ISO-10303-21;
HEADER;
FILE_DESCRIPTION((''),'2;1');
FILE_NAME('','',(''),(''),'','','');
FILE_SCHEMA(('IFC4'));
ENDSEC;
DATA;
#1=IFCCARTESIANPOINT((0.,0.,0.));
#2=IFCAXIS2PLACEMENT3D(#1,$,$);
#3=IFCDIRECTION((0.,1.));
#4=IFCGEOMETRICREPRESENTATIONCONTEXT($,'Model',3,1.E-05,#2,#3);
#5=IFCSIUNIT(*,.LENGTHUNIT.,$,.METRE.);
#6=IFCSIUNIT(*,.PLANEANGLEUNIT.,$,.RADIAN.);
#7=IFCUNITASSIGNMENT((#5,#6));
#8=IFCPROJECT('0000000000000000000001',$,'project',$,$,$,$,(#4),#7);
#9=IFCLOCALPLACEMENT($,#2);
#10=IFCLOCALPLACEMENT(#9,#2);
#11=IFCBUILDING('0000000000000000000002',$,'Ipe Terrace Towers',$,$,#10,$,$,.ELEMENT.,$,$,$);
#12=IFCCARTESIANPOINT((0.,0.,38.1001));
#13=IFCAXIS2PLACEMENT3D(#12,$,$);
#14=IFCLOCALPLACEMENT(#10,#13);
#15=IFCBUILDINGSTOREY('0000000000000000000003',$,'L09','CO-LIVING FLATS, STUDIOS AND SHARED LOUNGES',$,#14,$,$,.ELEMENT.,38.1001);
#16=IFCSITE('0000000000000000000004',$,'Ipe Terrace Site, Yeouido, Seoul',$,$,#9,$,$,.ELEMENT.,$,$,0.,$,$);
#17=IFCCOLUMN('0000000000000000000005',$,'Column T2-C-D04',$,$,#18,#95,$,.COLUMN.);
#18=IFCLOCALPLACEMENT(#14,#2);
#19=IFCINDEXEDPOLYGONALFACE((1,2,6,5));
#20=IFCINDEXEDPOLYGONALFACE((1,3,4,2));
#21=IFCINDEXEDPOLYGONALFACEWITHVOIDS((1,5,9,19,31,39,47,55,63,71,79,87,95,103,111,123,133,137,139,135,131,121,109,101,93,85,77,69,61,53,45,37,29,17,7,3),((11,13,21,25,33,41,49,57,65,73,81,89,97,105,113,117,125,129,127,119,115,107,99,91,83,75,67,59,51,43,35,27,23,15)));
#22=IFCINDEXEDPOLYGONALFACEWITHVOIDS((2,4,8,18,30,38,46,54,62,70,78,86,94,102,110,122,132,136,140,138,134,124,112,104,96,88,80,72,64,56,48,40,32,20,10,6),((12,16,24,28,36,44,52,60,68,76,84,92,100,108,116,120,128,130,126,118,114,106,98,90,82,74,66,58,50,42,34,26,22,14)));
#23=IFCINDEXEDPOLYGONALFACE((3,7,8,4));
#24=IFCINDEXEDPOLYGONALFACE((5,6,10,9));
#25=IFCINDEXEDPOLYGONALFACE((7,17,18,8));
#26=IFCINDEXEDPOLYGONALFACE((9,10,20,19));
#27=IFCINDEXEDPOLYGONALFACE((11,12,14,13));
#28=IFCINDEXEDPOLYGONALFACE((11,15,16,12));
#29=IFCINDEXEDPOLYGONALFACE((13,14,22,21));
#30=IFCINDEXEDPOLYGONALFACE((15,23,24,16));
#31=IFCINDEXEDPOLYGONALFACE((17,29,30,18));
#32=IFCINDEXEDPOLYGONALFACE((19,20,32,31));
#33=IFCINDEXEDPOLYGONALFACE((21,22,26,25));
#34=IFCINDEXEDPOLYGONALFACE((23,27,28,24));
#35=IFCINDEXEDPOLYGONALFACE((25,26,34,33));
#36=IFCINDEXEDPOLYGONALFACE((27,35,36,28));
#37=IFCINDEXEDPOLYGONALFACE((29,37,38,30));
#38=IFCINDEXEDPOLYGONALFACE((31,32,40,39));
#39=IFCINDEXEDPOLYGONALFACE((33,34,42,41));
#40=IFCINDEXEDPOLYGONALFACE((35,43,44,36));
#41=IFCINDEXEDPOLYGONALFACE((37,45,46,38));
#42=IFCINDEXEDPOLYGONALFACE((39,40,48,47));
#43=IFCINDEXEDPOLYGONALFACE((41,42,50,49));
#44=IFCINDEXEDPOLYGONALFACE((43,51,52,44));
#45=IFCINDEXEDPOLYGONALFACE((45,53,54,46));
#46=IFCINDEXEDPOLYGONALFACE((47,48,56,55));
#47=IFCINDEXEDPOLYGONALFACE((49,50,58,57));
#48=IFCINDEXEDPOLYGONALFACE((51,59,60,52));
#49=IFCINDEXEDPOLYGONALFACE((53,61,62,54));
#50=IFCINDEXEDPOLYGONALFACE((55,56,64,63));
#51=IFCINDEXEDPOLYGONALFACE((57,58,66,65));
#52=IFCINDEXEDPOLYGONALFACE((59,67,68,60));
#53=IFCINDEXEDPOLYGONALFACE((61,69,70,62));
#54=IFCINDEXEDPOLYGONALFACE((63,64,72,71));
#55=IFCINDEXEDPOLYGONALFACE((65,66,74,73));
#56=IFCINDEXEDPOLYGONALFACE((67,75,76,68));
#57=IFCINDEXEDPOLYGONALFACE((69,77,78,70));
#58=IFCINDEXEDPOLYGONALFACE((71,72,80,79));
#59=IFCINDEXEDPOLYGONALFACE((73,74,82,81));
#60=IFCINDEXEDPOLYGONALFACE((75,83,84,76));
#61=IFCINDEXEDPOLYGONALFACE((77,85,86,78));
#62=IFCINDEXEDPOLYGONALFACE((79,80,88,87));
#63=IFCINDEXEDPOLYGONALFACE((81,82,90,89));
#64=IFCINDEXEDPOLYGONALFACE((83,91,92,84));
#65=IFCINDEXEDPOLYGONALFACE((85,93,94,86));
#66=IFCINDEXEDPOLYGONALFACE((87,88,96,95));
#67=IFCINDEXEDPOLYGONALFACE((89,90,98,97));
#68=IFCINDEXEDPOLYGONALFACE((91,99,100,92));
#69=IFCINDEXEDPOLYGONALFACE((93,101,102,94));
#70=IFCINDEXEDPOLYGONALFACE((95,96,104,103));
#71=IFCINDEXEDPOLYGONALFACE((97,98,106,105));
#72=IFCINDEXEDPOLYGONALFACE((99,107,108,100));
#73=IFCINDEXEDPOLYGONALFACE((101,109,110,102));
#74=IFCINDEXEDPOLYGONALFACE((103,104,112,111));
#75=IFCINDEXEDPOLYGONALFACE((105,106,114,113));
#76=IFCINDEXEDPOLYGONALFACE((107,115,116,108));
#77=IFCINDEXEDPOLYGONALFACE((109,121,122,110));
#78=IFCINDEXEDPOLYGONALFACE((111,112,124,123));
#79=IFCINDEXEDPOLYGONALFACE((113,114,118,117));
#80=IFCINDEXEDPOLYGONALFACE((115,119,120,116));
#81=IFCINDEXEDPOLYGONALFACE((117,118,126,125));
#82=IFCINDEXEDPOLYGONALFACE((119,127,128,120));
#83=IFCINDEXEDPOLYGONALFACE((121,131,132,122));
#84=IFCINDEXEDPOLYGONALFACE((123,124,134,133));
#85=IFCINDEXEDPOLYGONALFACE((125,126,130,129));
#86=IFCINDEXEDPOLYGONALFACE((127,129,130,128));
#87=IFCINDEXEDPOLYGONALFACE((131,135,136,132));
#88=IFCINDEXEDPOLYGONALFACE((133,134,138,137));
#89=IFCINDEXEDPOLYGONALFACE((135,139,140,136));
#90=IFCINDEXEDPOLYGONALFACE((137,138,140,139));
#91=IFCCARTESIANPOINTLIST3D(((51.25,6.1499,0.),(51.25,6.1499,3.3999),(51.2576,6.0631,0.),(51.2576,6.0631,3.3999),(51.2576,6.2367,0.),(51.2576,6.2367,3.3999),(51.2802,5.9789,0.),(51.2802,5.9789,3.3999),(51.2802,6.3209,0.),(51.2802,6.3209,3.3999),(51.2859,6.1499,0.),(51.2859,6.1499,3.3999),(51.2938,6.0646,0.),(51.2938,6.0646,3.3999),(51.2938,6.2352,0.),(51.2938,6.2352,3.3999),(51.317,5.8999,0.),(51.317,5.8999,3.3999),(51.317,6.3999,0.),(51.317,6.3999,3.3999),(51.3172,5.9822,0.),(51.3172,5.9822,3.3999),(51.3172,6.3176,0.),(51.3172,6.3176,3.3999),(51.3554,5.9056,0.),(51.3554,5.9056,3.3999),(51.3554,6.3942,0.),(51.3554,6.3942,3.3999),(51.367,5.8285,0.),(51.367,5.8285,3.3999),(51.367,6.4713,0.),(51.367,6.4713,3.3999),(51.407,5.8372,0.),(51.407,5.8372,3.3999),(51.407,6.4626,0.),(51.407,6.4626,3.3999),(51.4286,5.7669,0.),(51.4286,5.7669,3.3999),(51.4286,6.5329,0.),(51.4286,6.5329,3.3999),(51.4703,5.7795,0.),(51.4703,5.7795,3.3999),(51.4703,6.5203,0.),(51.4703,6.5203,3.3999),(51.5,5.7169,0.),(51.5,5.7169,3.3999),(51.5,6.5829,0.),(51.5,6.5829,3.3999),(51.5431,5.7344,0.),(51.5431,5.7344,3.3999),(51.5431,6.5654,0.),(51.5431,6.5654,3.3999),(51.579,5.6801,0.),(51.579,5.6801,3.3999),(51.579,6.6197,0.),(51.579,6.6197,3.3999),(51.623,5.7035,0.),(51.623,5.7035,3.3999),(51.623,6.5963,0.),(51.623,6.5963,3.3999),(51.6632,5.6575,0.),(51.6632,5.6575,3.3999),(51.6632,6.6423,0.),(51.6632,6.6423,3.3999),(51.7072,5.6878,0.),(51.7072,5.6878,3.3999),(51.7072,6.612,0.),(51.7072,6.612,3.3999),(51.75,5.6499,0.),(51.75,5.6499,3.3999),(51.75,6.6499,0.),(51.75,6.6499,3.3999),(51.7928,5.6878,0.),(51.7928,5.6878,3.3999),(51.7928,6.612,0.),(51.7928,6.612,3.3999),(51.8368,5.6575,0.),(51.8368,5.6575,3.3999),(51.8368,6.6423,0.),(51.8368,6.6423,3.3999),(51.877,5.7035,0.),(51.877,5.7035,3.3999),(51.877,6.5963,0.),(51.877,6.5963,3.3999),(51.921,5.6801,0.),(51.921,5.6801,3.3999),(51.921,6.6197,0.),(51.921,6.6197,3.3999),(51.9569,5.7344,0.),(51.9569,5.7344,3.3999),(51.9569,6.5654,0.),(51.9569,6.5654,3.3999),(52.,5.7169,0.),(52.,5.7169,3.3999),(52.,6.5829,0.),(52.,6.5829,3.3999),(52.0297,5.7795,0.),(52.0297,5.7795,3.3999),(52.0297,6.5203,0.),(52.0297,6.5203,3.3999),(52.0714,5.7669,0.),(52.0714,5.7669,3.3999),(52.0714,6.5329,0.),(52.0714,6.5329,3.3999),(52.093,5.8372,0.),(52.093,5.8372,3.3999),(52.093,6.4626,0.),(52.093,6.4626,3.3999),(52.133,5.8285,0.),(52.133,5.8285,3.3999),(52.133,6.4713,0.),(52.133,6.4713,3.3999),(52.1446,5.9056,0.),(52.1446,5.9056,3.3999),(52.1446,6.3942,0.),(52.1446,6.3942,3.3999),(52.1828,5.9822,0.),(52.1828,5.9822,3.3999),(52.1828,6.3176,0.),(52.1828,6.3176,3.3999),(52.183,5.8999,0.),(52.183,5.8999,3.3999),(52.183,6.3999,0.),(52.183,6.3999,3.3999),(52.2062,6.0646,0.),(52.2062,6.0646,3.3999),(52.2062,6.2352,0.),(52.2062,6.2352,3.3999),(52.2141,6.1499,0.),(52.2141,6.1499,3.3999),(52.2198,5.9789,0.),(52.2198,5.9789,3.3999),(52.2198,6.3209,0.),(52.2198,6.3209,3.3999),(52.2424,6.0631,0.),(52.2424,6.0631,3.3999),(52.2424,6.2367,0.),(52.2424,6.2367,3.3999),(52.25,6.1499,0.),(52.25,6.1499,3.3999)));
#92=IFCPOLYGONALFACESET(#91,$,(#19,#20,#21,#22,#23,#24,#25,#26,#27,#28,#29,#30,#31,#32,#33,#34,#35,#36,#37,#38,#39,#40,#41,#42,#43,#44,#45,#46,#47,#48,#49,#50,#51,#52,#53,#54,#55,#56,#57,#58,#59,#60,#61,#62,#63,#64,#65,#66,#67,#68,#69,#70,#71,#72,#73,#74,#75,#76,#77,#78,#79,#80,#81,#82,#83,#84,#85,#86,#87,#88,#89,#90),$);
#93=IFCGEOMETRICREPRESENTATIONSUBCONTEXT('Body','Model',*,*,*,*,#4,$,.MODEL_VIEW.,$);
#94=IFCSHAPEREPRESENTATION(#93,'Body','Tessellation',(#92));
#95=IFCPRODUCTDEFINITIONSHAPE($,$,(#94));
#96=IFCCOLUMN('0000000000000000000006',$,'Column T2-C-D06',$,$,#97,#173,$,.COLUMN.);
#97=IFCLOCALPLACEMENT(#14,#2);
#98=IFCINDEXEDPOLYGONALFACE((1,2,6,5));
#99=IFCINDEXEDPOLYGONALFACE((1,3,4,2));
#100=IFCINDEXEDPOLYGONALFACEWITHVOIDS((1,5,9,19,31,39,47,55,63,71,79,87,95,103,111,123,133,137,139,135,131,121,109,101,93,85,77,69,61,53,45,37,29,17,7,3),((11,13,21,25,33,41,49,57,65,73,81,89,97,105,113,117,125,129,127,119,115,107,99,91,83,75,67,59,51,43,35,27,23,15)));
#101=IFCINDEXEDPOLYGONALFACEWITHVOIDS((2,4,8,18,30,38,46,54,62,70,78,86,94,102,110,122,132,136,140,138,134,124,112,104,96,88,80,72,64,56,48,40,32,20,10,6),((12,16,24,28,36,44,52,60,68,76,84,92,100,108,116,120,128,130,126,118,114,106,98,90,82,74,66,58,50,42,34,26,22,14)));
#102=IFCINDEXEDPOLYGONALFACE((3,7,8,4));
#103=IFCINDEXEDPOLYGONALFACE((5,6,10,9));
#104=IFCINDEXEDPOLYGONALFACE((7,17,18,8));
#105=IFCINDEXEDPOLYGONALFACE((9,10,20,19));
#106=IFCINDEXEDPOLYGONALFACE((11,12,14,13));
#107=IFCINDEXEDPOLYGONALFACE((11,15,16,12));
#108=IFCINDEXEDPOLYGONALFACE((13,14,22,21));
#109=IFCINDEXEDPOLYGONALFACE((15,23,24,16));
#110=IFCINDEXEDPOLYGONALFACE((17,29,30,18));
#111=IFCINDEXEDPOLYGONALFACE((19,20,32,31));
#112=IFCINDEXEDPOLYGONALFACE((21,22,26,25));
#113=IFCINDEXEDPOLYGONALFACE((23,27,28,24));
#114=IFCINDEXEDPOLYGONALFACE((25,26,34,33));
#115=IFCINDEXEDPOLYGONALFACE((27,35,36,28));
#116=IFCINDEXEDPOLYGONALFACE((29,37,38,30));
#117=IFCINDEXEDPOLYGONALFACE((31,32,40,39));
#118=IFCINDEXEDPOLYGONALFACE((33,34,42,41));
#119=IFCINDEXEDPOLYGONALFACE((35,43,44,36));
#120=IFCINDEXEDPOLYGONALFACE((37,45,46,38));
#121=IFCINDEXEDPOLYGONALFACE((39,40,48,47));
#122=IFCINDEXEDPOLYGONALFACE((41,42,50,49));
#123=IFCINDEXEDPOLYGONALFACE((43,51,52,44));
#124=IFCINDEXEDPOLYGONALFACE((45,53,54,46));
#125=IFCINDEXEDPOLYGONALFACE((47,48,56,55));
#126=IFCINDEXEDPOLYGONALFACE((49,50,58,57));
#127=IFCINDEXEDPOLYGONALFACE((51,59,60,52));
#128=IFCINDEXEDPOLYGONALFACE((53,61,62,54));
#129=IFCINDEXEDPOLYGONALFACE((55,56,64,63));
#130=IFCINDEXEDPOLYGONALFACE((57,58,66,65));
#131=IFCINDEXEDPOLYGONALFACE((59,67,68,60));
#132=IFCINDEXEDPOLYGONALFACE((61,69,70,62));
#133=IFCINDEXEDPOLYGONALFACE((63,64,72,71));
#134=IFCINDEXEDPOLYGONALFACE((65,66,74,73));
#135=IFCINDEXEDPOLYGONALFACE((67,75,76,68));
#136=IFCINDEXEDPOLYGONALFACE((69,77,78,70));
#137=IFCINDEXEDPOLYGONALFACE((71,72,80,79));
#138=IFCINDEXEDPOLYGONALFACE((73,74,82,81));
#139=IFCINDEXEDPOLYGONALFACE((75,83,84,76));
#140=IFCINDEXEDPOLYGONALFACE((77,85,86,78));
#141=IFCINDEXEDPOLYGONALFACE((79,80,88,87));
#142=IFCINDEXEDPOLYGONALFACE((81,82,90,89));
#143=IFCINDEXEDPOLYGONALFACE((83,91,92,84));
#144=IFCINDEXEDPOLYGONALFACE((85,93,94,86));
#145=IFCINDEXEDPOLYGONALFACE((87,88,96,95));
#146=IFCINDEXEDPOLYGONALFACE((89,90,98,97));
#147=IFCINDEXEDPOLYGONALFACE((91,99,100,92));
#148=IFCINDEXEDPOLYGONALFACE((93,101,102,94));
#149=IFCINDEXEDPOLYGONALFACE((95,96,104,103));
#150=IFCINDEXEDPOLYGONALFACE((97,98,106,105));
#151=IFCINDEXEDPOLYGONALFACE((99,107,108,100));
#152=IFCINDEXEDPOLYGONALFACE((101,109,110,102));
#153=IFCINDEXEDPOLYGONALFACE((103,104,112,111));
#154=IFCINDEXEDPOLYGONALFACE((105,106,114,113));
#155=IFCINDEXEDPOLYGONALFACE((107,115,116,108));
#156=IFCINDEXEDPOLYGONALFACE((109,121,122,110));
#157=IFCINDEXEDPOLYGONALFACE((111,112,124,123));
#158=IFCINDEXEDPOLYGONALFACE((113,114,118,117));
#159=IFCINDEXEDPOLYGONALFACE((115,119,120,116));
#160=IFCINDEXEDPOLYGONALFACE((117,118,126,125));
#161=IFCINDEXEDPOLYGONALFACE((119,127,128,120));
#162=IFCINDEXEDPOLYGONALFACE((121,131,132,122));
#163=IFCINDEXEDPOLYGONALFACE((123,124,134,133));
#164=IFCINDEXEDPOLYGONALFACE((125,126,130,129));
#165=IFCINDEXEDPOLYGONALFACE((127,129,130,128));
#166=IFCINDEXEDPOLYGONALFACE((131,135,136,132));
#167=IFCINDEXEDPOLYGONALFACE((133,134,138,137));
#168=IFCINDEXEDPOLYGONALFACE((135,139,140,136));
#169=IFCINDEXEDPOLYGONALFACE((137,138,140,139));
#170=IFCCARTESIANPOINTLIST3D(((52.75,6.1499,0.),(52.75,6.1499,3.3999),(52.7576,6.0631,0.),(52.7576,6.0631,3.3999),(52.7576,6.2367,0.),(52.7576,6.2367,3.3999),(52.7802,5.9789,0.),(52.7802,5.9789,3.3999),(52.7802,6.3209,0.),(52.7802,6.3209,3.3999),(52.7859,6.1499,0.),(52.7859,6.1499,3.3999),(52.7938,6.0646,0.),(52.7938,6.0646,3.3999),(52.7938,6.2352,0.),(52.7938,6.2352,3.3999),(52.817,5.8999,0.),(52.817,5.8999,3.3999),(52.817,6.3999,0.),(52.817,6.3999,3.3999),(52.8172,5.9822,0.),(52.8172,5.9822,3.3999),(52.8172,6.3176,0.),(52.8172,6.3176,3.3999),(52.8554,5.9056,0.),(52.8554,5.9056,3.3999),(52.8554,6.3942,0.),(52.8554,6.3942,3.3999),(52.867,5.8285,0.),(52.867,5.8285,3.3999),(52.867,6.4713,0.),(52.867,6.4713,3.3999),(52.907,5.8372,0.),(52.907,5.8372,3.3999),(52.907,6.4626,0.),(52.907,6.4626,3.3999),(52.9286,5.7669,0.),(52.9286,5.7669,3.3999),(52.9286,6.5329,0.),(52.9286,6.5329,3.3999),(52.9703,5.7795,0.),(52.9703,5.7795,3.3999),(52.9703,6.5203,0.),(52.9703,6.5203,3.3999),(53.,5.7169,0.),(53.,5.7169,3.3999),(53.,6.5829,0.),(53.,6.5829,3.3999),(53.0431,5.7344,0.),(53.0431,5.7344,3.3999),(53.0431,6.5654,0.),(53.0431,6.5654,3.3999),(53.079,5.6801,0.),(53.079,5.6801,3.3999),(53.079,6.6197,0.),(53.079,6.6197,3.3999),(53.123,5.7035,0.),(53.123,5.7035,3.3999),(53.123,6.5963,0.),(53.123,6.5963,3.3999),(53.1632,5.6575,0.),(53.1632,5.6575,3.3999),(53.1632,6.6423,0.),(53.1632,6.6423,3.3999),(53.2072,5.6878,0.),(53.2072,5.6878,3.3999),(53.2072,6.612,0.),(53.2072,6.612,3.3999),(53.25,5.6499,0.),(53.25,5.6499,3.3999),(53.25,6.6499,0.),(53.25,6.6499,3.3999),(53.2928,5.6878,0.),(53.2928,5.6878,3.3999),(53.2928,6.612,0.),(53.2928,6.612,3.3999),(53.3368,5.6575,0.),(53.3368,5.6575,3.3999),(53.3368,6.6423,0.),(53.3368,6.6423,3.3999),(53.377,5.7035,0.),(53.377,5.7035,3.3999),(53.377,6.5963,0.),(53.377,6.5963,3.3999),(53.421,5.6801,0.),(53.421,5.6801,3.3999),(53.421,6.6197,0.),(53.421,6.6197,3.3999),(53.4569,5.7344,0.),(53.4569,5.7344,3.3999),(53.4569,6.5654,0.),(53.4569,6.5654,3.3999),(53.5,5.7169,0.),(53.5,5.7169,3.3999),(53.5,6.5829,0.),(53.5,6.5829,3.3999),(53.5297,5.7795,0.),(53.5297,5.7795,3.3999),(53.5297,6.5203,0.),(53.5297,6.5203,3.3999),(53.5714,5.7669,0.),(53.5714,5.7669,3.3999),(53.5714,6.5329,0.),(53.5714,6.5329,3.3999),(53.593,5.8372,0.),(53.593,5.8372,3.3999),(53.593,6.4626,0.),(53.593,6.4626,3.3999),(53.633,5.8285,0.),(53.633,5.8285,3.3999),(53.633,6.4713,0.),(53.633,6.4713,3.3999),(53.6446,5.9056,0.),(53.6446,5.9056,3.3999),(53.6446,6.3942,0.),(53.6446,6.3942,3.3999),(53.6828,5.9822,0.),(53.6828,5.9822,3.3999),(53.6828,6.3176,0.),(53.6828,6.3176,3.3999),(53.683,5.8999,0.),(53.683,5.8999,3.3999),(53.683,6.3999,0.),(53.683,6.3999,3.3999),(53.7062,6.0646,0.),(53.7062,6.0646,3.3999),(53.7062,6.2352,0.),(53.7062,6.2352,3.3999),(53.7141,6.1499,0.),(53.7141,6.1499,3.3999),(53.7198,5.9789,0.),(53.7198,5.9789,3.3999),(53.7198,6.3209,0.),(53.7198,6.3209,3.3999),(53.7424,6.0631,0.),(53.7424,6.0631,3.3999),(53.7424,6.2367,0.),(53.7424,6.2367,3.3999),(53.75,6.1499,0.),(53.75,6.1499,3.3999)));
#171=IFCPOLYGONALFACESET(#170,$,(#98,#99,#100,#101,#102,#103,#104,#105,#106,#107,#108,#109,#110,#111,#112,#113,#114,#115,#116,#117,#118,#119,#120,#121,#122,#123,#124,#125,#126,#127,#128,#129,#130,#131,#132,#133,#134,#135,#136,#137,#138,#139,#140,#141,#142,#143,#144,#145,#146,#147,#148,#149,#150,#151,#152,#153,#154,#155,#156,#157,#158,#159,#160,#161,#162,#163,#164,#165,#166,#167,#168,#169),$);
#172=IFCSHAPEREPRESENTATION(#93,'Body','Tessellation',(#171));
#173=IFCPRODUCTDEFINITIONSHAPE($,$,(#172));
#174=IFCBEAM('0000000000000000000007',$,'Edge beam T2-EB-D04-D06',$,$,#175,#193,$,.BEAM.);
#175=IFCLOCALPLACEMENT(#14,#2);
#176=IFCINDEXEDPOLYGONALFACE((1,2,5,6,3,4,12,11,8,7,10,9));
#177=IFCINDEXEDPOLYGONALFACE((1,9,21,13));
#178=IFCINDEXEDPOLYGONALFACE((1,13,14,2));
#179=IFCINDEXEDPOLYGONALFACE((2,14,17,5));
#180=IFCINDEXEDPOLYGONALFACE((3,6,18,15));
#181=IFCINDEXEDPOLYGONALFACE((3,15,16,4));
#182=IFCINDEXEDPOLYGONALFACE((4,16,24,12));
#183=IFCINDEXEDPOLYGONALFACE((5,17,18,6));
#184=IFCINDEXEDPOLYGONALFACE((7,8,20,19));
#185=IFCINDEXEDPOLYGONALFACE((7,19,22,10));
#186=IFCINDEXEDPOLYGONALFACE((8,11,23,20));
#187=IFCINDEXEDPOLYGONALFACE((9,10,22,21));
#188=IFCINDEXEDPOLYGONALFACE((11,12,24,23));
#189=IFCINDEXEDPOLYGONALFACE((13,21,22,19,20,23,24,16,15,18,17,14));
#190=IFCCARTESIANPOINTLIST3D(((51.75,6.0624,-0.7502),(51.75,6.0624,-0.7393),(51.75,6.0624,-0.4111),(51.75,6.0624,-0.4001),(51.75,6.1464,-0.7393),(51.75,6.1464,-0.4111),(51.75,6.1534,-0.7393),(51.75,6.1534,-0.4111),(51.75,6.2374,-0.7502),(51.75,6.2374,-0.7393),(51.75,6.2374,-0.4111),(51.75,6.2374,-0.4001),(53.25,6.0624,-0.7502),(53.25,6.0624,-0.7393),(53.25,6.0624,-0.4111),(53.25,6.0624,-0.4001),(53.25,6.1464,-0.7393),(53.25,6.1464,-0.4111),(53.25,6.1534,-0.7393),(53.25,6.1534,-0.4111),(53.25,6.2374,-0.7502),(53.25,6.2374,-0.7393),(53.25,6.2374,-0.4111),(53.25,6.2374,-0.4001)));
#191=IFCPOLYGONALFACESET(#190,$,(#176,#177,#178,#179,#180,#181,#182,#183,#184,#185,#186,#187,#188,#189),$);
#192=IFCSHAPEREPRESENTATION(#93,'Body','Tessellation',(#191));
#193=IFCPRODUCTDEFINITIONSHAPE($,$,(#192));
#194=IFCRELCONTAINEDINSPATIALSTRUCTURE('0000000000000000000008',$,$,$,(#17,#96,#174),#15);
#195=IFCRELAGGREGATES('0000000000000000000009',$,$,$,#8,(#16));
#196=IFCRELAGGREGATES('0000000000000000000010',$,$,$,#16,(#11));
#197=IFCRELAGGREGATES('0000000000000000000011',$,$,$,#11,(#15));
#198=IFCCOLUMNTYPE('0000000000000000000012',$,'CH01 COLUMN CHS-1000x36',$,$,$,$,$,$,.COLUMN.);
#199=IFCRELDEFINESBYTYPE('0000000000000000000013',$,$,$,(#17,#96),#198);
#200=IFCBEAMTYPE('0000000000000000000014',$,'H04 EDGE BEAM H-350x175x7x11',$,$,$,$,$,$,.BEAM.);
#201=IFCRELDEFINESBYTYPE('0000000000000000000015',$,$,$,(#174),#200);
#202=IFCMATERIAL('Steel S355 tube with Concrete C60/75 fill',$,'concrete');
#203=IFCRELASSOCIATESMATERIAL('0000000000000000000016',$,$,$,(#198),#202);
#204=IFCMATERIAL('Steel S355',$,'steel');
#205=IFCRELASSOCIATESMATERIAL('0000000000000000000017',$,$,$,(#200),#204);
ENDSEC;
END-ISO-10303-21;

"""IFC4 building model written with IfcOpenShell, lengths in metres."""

from ifc_helpers import new_model, si_unit, direction, frame, origin, origin_2d, place, context, subcontext, project, spatial, hollow_circle, i_section, extrude, material, material_profile, profile_set, type_object, element, save


model = new_model("IFC4")

# Units and contexts
model_context = context("Model", 3, precision=1e-05, world=origin(), true_north=direction((0.0, 1.0)))
body_context = subcontext(model_context, "Body", "Model", "MODEL_VIEW")
ifc_project = project(units=[si_unit("LENGTHUNIT", "METRE"), si_unit("PLANEANGLEUNIT", "RADIAN")], contexts=[model_context])

# Site, building, storey
site_placement = place(None, origin())
site = spatial("IfcSite", under=ifc_project, at=site_placement, Name="Ipe Terrace Site, Yeouido, Seoul", CompositionType="ELEMENT", RefElevation=0.0)
building_placement = place(site_placement, origin())
building = spatial("IfcBuilding", under=site, at=building_placement, Name="Ipe Terrace Towers", CompositionType="ELEMENT")
storey_placement = place(building_placement, frame((0.0, 0.0, 38.1001)))
storey = spatial("IfcBuildingStorey", under=building, at=storey_placement, Name="L09", Description="CO-LIVING FLATS, STUDIOS AND SHARED LOUNGES", CompositionType="ELEMENT", Elevation=38.1001)

# Columns
ifc_material_1 = material(Name="Steel S355 tube with Concrete C60/75 fill", Category="concrete")
ifc_material_profile_1 = material_profile(ifc_material_1, hollow_circle(Radius=0.5, WallThickness=0.0359, at=origin_2d()), Name="CHS-1000x36")
ifc_profile_set_1 = profile_set([ifc_material_profile_1], Name="Steel S355 tube with Concrete C60/75 fill")
column_type = type_object("IfcColumnType", Name="CH01 COLUMN CHS-1000x36", PredefinedType="COLUMN", material=ifc_profile_set_1)
for number, where, z_axis, x_axis, name in (
    (1, (51.75, 6.1499, 0.0), (0.0, 0.0, 1.0), (1.0, 0.0, 0.0), "Column T2-C-D04"),
    (2, (53.25, 6.1499, 0.0), (0.0, 0.0, 1.0), (1.0, 0.0, 0.0), "Column T2-C-D06"),
):
    element("IfcColumn", number, at=place(storey_placement, frame(where, z_axis=z_axis, x_axis=x_axis)), inside=storey, type_object=column_type, Name=name, PredefinedType="COLUMN", context=body_context, shape_type="SweptSolid", body=[
        extrude(hollow_circle(Radius=0.5, WallThickness=0.0359, at=origin_2d()), origin(), (0.0, 0.0, 1.0), 3.3999),
    ])

# Beam
ifc_material_2 = material(Name="Steel S355", Category="steel")
ifc_material_profile_2 = material_profile(ifc_material_2, i_section(OverallWidth=0.175, OverallDepth=0.3501, WebThickness=0.0071, FlangeThickness=0.011, at=origin_2d()), Name="H-350x175x7x11")
ifc_profile_set_2 = profile_set([ifc_material_profile_2], Name="Steel S355")
beam_type = type_object("IfcBeamType", Name="H04 EDGE BEAM H-350x175x7x11", PredefinedType="BEAM", material=ifc_profile_set_2)
beam_placement = place(storey_placement, frame((51.75, 6.1499, -0.5752), z_axis=(1.0, 0.0, 0.0), x_axis=(0.0, 1.0, 0.0)))
element("IfcBeam", 3, at=beam_placement, inside=storey, type_object=beam_type, Name="Edge beam T2-EB-D04-D06", PredefinedType="BEAM", context=body_context, shape_type="SweptSolid", body=[
    extrude(i_section(OverallWidth=0.175, OverallDepth=0.3501, WebThickness=0.0071, FlangeThickness=0.011, at=origin_2d()), origin(), (0.0, 0.0, 1.0), 1.5),
])

save(model, "model.ifc")
